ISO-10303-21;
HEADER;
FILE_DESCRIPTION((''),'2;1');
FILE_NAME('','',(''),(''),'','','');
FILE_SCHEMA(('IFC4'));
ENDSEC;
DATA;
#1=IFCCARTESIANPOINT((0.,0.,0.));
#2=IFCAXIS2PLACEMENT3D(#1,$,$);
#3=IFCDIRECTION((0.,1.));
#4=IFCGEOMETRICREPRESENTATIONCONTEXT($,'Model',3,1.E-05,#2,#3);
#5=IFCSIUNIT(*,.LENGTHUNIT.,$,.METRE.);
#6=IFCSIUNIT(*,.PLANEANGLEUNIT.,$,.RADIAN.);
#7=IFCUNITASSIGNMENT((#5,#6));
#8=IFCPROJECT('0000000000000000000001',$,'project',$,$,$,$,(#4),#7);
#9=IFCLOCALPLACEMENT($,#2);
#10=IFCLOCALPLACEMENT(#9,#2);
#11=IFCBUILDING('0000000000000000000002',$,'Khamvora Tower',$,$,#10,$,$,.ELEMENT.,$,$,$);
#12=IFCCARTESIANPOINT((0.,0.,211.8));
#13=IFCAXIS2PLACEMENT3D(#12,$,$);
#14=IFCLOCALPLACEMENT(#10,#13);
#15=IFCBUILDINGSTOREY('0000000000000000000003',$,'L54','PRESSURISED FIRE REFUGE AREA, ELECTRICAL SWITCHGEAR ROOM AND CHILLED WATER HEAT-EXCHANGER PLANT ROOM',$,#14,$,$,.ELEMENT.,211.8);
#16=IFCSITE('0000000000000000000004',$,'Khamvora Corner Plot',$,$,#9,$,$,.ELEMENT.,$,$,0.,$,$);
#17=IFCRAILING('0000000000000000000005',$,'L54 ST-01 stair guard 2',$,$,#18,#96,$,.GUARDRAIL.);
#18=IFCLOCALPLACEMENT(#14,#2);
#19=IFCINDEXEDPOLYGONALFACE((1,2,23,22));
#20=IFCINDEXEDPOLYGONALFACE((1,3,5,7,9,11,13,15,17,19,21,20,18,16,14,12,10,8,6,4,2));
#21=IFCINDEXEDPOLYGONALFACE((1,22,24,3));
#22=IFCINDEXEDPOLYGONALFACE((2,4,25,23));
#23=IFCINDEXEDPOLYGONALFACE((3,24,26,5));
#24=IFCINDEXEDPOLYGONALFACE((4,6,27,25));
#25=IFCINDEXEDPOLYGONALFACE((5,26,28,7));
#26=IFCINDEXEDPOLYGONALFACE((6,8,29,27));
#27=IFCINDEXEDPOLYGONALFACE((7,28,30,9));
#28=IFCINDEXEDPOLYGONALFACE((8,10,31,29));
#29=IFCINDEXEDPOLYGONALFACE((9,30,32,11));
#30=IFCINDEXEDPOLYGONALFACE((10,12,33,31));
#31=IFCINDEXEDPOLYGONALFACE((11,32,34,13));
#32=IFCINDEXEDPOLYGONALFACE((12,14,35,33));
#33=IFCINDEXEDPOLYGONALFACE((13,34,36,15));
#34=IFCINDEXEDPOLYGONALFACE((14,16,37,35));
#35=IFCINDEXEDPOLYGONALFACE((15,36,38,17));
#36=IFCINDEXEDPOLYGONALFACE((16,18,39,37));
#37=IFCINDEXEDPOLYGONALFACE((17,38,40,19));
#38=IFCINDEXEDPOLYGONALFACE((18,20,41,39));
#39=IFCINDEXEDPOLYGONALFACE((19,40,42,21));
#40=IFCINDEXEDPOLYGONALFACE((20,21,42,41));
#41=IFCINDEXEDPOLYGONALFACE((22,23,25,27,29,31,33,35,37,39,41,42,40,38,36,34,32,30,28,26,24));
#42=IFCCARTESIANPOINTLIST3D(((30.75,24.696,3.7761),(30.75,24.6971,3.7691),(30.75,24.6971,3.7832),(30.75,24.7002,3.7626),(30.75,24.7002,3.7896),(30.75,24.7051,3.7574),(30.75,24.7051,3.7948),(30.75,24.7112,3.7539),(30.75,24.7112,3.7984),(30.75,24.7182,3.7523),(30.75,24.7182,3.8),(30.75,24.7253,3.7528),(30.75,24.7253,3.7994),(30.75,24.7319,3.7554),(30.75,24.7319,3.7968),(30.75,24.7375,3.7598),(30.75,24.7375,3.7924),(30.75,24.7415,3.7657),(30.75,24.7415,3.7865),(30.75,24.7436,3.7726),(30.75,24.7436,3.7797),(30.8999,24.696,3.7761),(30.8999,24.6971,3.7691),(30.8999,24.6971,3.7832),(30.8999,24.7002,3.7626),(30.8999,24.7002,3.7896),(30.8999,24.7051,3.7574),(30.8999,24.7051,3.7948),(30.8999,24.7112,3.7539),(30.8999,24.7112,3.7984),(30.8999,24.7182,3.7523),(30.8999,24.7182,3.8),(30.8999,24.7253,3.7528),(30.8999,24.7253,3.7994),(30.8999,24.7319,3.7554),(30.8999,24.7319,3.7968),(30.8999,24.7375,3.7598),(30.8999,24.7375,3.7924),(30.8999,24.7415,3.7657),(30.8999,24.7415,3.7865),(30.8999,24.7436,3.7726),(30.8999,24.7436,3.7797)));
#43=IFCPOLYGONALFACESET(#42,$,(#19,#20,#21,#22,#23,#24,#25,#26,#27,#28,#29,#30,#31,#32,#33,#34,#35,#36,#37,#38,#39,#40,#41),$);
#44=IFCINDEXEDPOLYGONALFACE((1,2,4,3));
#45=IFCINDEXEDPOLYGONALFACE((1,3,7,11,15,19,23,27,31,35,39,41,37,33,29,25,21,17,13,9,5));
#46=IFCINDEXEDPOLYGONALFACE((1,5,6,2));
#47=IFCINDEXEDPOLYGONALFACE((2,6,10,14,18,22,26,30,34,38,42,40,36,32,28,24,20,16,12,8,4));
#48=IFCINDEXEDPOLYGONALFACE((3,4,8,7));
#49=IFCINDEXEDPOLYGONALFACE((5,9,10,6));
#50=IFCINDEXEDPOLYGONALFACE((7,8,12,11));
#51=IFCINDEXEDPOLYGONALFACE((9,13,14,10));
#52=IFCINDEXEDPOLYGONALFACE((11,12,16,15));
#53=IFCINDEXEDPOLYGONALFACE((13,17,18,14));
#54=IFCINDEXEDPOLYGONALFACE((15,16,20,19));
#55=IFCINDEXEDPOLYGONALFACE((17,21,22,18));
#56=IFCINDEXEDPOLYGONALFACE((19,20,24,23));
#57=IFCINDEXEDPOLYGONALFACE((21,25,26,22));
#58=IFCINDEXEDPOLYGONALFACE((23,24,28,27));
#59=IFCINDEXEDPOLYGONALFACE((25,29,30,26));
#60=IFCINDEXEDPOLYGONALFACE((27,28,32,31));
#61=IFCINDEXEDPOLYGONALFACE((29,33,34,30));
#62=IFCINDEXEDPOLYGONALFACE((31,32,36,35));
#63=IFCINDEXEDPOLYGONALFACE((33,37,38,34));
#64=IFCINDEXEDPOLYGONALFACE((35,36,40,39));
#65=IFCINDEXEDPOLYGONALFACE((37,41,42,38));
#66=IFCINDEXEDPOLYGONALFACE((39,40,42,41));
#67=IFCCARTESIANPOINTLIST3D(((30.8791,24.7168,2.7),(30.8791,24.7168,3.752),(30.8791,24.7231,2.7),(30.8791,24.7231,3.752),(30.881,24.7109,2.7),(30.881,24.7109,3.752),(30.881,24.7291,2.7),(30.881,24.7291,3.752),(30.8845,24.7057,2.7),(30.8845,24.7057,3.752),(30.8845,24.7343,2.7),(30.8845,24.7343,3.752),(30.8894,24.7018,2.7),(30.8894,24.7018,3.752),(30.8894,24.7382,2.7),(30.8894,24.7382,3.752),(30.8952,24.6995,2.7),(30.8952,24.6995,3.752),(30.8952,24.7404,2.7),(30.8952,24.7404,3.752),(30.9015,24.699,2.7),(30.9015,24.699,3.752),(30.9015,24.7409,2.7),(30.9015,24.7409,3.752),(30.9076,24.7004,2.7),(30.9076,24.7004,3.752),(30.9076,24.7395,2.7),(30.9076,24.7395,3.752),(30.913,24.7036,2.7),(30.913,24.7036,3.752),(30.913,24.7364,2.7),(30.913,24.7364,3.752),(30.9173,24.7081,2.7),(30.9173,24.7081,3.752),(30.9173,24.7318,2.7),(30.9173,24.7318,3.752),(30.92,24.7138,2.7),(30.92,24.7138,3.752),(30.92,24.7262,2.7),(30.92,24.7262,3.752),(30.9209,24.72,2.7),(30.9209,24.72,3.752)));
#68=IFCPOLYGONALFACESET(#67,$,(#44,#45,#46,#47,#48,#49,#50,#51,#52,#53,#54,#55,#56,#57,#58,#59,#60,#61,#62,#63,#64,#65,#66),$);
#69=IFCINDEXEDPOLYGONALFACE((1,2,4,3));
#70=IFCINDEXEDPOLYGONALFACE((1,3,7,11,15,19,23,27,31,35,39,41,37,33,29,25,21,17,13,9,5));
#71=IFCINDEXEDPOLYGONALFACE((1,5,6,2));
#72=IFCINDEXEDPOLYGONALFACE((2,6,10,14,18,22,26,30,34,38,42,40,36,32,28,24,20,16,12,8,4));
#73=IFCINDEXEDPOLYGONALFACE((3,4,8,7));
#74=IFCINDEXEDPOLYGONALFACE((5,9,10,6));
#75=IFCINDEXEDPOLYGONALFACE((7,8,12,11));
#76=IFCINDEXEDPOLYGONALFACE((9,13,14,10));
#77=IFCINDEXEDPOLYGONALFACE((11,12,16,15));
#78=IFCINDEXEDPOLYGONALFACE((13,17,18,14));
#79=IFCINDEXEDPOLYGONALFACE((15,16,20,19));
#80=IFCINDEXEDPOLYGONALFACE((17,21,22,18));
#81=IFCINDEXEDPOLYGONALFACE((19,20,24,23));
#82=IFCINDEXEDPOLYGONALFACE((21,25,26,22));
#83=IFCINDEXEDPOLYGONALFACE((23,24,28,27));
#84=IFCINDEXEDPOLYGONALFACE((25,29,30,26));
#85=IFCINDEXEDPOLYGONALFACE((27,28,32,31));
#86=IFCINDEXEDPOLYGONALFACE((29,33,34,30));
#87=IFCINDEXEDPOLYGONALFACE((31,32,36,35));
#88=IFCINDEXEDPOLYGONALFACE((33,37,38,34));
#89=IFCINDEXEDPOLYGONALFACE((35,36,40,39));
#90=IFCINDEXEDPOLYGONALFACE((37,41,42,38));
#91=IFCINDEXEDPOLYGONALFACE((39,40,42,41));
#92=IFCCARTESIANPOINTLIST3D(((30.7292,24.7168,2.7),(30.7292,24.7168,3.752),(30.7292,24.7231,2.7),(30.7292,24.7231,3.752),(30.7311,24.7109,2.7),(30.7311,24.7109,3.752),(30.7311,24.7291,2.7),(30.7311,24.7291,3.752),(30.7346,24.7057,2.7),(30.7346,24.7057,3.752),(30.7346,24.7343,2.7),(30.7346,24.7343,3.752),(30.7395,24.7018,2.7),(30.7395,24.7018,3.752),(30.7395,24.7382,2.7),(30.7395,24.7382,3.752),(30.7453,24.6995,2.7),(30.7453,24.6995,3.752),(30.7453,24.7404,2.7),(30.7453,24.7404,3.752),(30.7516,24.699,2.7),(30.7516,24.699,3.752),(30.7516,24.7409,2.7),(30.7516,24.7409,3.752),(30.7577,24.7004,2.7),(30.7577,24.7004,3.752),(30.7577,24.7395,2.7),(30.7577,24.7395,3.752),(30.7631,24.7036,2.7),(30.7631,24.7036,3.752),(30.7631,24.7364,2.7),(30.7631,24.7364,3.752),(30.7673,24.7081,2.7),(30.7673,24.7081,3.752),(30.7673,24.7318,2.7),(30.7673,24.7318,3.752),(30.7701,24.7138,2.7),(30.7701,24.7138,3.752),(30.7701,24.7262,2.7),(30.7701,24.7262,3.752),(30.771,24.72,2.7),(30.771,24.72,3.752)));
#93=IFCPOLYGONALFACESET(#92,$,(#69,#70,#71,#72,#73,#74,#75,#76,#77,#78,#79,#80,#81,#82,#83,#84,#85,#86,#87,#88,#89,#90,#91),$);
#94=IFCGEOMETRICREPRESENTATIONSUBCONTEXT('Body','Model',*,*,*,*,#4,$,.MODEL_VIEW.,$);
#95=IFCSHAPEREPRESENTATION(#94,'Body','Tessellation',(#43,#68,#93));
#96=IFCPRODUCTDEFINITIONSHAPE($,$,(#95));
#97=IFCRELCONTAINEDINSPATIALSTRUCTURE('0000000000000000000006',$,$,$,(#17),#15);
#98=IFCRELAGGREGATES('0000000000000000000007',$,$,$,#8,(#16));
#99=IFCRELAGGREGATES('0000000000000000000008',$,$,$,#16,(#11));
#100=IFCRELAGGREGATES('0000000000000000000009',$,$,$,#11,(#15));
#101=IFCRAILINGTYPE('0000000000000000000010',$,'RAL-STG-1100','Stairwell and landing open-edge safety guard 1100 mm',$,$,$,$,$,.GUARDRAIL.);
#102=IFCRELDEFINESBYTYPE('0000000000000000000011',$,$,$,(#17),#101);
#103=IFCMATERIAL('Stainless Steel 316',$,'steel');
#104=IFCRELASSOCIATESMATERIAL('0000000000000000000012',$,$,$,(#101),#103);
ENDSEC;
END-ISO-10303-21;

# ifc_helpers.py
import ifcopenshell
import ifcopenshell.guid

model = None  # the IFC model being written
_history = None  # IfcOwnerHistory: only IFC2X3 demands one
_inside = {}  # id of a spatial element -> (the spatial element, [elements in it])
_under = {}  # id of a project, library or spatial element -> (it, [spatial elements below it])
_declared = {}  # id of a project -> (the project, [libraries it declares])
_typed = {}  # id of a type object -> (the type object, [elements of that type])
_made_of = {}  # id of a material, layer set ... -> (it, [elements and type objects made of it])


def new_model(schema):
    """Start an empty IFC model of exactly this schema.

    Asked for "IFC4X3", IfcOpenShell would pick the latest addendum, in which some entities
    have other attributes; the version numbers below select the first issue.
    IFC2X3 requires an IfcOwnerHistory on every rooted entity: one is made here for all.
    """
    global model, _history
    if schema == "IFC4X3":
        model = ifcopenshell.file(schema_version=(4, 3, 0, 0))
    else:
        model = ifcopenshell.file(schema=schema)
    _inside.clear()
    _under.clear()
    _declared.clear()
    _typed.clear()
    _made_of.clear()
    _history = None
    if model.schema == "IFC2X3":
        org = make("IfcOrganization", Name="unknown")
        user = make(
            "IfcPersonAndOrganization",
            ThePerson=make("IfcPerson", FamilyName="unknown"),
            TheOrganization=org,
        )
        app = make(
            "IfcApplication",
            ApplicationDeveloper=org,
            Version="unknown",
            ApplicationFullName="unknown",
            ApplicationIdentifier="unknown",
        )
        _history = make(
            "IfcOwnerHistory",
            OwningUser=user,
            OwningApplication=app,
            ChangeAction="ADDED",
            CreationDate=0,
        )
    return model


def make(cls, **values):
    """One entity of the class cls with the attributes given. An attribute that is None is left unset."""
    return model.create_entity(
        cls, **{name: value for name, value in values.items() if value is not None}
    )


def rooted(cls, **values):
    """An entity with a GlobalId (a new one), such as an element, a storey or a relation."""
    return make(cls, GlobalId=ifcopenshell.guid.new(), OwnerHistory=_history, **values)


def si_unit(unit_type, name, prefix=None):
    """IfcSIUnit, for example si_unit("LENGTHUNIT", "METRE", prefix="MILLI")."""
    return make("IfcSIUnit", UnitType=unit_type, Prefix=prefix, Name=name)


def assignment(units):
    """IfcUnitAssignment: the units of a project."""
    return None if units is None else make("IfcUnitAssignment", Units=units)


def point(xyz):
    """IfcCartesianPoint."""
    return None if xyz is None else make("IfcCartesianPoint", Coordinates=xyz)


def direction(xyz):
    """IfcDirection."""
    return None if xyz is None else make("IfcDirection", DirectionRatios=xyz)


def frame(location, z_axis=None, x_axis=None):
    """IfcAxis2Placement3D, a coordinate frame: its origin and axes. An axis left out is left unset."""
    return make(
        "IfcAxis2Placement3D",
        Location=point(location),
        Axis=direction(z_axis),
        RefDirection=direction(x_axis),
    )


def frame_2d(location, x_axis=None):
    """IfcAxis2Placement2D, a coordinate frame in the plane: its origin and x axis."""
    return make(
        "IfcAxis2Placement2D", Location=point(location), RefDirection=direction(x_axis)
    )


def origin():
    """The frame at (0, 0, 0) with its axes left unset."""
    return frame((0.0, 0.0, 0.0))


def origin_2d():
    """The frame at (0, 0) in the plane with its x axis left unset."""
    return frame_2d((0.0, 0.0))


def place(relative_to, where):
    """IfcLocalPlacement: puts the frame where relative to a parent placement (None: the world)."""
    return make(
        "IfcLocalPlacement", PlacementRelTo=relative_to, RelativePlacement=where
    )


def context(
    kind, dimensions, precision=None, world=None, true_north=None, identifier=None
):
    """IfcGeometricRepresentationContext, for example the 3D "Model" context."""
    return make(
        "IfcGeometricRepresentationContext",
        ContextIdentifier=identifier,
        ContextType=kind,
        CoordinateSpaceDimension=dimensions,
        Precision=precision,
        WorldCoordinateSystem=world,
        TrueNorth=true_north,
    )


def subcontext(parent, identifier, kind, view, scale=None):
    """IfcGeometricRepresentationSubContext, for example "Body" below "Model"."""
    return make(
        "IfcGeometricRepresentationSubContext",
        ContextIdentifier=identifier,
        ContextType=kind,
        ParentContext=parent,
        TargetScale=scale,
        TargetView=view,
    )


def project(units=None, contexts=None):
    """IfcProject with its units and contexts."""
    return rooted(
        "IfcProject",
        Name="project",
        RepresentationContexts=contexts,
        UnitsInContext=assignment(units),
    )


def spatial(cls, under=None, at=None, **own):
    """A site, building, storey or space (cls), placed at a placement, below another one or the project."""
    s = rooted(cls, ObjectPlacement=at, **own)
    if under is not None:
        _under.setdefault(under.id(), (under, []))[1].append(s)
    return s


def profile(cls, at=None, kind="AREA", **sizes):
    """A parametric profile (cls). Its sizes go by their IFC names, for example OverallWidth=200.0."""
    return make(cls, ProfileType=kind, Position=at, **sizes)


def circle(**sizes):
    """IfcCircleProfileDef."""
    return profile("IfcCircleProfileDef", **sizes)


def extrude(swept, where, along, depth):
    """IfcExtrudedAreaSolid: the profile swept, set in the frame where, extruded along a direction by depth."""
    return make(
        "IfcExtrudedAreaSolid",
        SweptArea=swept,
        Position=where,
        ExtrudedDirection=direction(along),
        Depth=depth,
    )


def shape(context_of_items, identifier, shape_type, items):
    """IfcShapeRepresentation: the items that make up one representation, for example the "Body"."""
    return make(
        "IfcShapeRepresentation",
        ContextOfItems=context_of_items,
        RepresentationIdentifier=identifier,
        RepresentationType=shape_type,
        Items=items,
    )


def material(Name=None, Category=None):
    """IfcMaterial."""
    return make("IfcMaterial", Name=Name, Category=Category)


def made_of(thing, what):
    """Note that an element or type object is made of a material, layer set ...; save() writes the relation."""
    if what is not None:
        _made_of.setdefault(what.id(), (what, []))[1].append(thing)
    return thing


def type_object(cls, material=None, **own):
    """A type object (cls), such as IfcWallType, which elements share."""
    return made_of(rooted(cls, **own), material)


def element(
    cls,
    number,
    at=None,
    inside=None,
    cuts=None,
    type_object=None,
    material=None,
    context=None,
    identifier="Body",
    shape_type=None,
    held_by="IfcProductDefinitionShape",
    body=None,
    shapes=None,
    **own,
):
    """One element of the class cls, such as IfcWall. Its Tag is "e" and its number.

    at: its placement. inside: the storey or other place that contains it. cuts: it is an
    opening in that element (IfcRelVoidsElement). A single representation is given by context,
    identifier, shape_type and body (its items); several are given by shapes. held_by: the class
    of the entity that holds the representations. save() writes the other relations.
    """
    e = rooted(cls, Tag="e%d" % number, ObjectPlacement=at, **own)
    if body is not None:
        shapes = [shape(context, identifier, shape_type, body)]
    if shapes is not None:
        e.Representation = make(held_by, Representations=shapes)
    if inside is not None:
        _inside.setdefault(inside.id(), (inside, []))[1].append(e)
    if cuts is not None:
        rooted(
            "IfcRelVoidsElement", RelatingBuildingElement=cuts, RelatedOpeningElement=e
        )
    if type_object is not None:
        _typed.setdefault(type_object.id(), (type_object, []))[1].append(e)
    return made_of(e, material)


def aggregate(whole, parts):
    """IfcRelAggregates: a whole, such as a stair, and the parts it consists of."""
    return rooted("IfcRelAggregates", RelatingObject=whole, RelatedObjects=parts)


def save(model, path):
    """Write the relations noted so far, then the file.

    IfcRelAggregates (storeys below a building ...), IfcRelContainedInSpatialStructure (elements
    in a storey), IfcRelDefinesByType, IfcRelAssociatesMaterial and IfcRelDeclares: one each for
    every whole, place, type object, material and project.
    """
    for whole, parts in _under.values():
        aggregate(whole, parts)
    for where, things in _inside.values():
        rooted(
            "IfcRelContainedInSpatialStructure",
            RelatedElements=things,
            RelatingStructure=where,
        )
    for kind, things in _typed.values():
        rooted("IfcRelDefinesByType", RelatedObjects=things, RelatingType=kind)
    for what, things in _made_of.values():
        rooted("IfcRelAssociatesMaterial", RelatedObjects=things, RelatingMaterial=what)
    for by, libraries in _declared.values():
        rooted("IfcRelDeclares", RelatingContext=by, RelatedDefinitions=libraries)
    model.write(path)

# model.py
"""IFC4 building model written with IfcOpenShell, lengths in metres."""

from ifc_helpers import new_model, si_unit, direction, frame, origin, origin_2d, place, context, subcontext, project, spatial, circle, extrude, material, type_object, element, save


model = new_model("IFC4")

# Units and contexts
model_context = context("Model", 3, precision=1e-05, world=origin(), true_north=direction((0.0, 1.0)))
body_context = subcontext(model_context, "Body", "Model", "MODEL_VIEW")
ifc_project = project(units=[si_unit("LENGTHUNIT", "METRE"), si_unit("PLANEANGLEUNIT", "RADIAN")], contexts=[model_context])

# Site, building, storey
site_placement = place(None, origin())
site = spatial("IfcSite", under=ifc_project, at=site_placement, Name="Khamvora Corner Plot", CompositionType="ELEMENT", RefElevation=0.0)
building_placement = place(site_placement, origin())
building = spatial("IfcBuilding", under=site, at=building_placement, Name="Khamvora Tower", CompositionType="ELEMENT")
storey_placement = place(building_placement, frame((0.0, 0.0, 211.8)))
storey = spatial("IfcBuildingStorey", under=building, at=storey_placement, Name="L54", Description="PRESSURISED FIRE REFUGE AREA, ELECTRICAL SWITCHGEAR ROOM AND CHILLED WATER HEAT-EXCHANGER PLANT ROOM", CompositionType="ELEMENT", Elevation=211.8)

# Railing
ifc_material_1 = material(Name="Stainless Steel 316", Category="steel")
railing_type_1 = type_object("IfcRailingType", Name="RAL-STG-1100", Description="Stairwell and landing open-edge safety guard 1100 mm", PredefinedType="GUARDRAIL", material=ifc_material_1)
railing_1_placement = place(storey_placement, frame((30.8999, 24.72, 2.7)))
element("IfcRailing", 1, at=railing_1_placement, inside=storey, type_object=railing_type_1, Name="L54 ST-01 stair guard 2", PredefinedType="GUARDRAIL", context=body_context, shape_type="SweptSolid", body=[
    extrude(circle(Radius=0.0239, at=origin_2d()), frame((0.0, 0.0, 1.0762), z_axis=(-1.0, 0.0, 0.0), x_axis=(0.0, -1.0, 0.0)), (0.0, 0.0, 1.0), 0.1499),
    extrude(circle(Radius=0.021, at=origin_2d()), origin(), (0.0, 0.0, 1.0), 1.052),
    extrude(circle(Radius=0.021, at=origin_2d()), frame((-0.1499, 0.0, 0.0)), (0.0, 0.0, 1.0), 1.052),
])

save(model, "model.ifc")
